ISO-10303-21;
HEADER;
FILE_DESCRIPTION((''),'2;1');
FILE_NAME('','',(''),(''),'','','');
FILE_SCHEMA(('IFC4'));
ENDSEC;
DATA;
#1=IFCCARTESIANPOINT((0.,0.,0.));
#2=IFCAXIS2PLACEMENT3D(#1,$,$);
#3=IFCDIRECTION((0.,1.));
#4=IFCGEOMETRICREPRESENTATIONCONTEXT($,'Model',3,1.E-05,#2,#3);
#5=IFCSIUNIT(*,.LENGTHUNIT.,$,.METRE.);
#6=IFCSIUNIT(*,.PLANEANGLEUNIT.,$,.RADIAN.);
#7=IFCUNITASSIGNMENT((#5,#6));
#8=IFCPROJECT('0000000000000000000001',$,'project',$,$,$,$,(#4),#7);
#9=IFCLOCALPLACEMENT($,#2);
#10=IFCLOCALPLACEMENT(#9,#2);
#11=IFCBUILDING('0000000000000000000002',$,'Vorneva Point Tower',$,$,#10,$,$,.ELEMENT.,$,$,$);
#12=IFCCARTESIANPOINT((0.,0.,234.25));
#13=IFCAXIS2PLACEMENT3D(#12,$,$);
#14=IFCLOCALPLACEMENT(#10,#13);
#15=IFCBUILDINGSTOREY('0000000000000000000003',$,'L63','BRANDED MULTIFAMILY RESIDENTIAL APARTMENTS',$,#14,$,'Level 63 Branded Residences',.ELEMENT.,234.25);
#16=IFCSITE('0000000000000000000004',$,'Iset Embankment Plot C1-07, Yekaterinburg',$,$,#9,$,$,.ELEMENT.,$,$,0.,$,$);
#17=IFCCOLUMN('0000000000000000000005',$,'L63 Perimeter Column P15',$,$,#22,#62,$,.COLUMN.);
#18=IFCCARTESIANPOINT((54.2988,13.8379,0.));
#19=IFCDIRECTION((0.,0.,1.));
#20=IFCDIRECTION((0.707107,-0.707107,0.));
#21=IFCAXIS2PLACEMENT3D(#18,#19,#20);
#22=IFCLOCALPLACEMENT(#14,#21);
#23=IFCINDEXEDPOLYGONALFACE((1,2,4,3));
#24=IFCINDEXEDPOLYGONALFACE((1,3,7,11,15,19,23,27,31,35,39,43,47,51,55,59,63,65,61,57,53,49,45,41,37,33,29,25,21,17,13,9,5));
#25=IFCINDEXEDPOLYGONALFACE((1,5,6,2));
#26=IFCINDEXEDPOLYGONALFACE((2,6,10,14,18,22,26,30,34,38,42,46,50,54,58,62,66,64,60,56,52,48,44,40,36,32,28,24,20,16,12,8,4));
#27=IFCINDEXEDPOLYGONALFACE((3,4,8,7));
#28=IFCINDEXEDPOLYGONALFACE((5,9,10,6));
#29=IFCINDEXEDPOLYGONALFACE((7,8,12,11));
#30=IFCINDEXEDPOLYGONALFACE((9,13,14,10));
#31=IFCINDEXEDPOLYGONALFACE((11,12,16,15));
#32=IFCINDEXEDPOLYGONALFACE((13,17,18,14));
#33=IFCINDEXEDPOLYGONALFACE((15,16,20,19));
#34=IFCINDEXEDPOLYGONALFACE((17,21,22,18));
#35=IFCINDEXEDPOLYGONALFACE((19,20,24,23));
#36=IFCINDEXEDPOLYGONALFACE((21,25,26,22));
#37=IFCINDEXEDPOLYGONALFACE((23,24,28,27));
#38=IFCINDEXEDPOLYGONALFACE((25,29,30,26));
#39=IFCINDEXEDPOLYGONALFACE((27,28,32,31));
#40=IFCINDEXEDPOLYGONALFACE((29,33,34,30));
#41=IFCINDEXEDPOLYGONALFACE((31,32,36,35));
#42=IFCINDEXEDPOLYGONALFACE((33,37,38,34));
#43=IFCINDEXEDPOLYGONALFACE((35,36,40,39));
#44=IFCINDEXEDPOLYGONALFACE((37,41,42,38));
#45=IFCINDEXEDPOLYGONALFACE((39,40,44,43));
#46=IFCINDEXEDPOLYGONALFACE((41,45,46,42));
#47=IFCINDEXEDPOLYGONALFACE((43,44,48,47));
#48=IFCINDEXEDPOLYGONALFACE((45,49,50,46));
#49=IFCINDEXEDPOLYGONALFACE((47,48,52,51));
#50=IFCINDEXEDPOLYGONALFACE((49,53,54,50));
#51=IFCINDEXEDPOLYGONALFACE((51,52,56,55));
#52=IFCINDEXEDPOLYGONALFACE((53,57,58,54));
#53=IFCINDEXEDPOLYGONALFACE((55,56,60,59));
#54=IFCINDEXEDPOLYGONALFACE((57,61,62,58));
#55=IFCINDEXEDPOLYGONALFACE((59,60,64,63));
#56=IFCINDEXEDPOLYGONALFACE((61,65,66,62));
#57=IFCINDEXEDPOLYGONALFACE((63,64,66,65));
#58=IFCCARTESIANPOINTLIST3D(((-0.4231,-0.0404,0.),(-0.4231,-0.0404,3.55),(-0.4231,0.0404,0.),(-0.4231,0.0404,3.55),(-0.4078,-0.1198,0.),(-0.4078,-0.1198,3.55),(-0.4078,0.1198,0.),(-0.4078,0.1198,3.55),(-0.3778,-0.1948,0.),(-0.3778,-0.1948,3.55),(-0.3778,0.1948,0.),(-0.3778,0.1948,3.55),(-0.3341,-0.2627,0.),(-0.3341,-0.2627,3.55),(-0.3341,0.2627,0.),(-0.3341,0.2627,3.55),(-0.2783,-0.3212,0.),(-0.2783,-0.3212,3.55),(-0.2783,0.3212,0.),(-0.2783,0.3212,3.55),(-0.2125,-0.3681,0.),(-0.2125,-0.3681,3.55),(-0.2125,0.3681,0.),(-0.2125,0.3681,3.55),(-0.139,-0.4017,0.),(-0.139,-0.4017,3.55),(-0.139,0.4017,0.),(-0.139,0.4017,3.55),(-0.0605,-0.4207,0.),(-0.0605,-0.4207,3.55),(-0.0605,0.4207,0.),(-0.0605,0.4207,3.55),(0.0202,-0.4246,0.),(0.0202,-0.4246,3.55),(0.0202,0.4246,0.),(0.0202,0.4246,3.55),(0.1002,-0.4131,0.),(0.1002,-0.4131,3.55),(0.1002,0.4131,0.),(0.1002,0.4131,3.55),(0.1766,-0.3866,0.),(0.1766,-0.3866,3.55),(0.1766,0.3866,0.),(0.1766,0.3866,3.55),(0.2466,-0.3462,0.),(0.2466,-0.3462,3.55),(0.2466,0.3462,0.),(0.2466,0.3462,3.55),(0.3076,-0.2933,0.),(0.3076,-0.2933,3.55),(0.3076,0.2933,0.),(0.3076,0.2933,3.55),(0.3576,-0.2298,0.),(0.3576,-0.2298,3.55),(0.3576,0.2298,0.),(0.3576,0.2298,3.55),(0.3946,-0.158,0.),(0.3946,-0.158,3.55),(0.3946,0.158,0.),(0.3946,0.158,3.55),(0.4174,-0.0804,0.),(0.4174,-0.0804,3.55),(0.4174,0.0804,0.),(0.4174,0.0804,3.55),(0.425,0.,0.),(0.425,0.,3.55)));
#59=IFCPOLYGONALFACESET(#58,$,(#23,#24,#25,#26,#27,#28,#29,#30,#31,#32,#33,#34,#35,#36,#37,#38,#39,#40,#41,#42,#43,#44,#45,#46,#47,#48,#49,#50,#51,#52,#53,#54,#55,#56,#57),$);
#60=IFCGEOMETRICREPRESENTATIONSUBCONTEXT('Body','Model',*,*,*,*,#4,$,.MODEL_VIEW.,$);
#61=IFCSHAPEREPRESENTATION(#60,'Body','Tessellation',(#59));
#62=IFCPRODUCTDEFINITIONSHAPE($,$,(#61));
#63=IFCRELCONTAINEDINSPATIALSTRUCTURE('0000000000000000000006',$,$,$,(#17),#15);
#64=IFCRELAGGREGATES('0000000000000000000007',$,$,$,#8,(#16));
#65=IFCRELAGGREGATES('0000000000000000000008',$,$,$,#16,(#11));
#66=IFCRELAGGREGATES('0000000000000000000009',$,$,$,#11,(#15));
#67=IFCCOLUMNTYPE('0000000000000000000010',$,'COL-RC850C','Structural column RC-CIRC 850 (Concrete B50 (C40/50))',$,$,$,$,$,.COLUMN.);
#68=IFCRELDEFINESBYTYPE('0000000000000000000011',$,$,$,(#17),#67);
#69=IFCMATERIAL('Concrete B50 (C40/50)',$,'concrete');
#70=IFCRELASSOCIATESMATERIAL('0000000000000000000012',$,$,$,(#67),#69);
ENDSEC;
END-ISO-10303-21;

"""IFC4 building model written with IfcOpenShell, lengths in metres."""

from ifc_helpers import new_model, si_unit, direction, frame, origin, origin_2d, place, context, subcontext, project, spatial, circle, extrude, material, material_profile, profile_set, type_object, element, save


model = new_model("IFC4")

# Units and contexts
model_context = context("Model", 3, precision=1e-05, world=origin(), true_north=direction((0.0, 1.0)))
body_context = subcontext(model_context, "Body", "Model", "MODEL_VIEW")
ifc_project = project(units=[si_unit("LENGTHUNIT", "METRE"), si_unit("PLANEANGLEUNIT", "RADIAN")], contexts=[model_context])

# Site, building, storey
site_placement = place(None, origin())
site = spatial("IfcSite", under=ifc_project, at=site_placement, Name="Iset Embankment Plot C1-07, Yekaterinburg", CompositionType="ELEMENT", RefElevation=0.0)
building_placement = place(site_placement, origin())
building = spatial("IfcBuilding", under=site, at=building_placement, Name="Vorneva Point Tower", CompositionType="ELEMENT")
storey_placement = place(building_placement, frame((0.0, 0.0, 234.25)))
storey = spatial("IfcBuildingStorey", under=building, at=storey_placement, Name="L63", Description="BRANDED MULTIFAMILY RESIDENTIAL APARTMENTS", LongName="Level 63 Branded Residences", CompositionType="ELEMENT", Elevation=234.25)

# Column
ifc_material_1 = material(Name="Concrete B50 (C40/50)", Category="concrete")
ifc_material_profile_1 = material_profile(ifc_material_1, circle(Radius=0.425, at=origin_2d()), Name="RC-CIRC 850")
ifc_profile_set_1 = profile_set([ifc_material_profile_1], Name="Concrete B50 (C40/50)")
column_type = type_object("IfcColumnType", Name="COL-RC850C", Description="Structural column RC-CIRC 850 (Concrete B50 (C40/50))", PredefinedType="COLUMN", material=ifc_profile_set_1)
for number, where, z_axis, x_axis, name in (
    (1, (54.2988, 13.8379, 0.0), (0.0, 0.0, 1.0), (0.707107, -0.707107, 0.0), "L63 Perimeter Column P15"),
):
    element("IfcColumn", number, at=place(storey_placement, frame(where, z_axis=z_axis, x_axis=x_axis)), inside=storey, type_object=column_type, Name=name, PredefinedType="COLUMN", context=body_context, shape_type="SweptSolid", body=[
        extrude(circle(Radius=0.425, at=origin_2d()), origin(), (0.0, 0.0, 1.0), 3.55),
    ])

save(model, "model.ifc")
